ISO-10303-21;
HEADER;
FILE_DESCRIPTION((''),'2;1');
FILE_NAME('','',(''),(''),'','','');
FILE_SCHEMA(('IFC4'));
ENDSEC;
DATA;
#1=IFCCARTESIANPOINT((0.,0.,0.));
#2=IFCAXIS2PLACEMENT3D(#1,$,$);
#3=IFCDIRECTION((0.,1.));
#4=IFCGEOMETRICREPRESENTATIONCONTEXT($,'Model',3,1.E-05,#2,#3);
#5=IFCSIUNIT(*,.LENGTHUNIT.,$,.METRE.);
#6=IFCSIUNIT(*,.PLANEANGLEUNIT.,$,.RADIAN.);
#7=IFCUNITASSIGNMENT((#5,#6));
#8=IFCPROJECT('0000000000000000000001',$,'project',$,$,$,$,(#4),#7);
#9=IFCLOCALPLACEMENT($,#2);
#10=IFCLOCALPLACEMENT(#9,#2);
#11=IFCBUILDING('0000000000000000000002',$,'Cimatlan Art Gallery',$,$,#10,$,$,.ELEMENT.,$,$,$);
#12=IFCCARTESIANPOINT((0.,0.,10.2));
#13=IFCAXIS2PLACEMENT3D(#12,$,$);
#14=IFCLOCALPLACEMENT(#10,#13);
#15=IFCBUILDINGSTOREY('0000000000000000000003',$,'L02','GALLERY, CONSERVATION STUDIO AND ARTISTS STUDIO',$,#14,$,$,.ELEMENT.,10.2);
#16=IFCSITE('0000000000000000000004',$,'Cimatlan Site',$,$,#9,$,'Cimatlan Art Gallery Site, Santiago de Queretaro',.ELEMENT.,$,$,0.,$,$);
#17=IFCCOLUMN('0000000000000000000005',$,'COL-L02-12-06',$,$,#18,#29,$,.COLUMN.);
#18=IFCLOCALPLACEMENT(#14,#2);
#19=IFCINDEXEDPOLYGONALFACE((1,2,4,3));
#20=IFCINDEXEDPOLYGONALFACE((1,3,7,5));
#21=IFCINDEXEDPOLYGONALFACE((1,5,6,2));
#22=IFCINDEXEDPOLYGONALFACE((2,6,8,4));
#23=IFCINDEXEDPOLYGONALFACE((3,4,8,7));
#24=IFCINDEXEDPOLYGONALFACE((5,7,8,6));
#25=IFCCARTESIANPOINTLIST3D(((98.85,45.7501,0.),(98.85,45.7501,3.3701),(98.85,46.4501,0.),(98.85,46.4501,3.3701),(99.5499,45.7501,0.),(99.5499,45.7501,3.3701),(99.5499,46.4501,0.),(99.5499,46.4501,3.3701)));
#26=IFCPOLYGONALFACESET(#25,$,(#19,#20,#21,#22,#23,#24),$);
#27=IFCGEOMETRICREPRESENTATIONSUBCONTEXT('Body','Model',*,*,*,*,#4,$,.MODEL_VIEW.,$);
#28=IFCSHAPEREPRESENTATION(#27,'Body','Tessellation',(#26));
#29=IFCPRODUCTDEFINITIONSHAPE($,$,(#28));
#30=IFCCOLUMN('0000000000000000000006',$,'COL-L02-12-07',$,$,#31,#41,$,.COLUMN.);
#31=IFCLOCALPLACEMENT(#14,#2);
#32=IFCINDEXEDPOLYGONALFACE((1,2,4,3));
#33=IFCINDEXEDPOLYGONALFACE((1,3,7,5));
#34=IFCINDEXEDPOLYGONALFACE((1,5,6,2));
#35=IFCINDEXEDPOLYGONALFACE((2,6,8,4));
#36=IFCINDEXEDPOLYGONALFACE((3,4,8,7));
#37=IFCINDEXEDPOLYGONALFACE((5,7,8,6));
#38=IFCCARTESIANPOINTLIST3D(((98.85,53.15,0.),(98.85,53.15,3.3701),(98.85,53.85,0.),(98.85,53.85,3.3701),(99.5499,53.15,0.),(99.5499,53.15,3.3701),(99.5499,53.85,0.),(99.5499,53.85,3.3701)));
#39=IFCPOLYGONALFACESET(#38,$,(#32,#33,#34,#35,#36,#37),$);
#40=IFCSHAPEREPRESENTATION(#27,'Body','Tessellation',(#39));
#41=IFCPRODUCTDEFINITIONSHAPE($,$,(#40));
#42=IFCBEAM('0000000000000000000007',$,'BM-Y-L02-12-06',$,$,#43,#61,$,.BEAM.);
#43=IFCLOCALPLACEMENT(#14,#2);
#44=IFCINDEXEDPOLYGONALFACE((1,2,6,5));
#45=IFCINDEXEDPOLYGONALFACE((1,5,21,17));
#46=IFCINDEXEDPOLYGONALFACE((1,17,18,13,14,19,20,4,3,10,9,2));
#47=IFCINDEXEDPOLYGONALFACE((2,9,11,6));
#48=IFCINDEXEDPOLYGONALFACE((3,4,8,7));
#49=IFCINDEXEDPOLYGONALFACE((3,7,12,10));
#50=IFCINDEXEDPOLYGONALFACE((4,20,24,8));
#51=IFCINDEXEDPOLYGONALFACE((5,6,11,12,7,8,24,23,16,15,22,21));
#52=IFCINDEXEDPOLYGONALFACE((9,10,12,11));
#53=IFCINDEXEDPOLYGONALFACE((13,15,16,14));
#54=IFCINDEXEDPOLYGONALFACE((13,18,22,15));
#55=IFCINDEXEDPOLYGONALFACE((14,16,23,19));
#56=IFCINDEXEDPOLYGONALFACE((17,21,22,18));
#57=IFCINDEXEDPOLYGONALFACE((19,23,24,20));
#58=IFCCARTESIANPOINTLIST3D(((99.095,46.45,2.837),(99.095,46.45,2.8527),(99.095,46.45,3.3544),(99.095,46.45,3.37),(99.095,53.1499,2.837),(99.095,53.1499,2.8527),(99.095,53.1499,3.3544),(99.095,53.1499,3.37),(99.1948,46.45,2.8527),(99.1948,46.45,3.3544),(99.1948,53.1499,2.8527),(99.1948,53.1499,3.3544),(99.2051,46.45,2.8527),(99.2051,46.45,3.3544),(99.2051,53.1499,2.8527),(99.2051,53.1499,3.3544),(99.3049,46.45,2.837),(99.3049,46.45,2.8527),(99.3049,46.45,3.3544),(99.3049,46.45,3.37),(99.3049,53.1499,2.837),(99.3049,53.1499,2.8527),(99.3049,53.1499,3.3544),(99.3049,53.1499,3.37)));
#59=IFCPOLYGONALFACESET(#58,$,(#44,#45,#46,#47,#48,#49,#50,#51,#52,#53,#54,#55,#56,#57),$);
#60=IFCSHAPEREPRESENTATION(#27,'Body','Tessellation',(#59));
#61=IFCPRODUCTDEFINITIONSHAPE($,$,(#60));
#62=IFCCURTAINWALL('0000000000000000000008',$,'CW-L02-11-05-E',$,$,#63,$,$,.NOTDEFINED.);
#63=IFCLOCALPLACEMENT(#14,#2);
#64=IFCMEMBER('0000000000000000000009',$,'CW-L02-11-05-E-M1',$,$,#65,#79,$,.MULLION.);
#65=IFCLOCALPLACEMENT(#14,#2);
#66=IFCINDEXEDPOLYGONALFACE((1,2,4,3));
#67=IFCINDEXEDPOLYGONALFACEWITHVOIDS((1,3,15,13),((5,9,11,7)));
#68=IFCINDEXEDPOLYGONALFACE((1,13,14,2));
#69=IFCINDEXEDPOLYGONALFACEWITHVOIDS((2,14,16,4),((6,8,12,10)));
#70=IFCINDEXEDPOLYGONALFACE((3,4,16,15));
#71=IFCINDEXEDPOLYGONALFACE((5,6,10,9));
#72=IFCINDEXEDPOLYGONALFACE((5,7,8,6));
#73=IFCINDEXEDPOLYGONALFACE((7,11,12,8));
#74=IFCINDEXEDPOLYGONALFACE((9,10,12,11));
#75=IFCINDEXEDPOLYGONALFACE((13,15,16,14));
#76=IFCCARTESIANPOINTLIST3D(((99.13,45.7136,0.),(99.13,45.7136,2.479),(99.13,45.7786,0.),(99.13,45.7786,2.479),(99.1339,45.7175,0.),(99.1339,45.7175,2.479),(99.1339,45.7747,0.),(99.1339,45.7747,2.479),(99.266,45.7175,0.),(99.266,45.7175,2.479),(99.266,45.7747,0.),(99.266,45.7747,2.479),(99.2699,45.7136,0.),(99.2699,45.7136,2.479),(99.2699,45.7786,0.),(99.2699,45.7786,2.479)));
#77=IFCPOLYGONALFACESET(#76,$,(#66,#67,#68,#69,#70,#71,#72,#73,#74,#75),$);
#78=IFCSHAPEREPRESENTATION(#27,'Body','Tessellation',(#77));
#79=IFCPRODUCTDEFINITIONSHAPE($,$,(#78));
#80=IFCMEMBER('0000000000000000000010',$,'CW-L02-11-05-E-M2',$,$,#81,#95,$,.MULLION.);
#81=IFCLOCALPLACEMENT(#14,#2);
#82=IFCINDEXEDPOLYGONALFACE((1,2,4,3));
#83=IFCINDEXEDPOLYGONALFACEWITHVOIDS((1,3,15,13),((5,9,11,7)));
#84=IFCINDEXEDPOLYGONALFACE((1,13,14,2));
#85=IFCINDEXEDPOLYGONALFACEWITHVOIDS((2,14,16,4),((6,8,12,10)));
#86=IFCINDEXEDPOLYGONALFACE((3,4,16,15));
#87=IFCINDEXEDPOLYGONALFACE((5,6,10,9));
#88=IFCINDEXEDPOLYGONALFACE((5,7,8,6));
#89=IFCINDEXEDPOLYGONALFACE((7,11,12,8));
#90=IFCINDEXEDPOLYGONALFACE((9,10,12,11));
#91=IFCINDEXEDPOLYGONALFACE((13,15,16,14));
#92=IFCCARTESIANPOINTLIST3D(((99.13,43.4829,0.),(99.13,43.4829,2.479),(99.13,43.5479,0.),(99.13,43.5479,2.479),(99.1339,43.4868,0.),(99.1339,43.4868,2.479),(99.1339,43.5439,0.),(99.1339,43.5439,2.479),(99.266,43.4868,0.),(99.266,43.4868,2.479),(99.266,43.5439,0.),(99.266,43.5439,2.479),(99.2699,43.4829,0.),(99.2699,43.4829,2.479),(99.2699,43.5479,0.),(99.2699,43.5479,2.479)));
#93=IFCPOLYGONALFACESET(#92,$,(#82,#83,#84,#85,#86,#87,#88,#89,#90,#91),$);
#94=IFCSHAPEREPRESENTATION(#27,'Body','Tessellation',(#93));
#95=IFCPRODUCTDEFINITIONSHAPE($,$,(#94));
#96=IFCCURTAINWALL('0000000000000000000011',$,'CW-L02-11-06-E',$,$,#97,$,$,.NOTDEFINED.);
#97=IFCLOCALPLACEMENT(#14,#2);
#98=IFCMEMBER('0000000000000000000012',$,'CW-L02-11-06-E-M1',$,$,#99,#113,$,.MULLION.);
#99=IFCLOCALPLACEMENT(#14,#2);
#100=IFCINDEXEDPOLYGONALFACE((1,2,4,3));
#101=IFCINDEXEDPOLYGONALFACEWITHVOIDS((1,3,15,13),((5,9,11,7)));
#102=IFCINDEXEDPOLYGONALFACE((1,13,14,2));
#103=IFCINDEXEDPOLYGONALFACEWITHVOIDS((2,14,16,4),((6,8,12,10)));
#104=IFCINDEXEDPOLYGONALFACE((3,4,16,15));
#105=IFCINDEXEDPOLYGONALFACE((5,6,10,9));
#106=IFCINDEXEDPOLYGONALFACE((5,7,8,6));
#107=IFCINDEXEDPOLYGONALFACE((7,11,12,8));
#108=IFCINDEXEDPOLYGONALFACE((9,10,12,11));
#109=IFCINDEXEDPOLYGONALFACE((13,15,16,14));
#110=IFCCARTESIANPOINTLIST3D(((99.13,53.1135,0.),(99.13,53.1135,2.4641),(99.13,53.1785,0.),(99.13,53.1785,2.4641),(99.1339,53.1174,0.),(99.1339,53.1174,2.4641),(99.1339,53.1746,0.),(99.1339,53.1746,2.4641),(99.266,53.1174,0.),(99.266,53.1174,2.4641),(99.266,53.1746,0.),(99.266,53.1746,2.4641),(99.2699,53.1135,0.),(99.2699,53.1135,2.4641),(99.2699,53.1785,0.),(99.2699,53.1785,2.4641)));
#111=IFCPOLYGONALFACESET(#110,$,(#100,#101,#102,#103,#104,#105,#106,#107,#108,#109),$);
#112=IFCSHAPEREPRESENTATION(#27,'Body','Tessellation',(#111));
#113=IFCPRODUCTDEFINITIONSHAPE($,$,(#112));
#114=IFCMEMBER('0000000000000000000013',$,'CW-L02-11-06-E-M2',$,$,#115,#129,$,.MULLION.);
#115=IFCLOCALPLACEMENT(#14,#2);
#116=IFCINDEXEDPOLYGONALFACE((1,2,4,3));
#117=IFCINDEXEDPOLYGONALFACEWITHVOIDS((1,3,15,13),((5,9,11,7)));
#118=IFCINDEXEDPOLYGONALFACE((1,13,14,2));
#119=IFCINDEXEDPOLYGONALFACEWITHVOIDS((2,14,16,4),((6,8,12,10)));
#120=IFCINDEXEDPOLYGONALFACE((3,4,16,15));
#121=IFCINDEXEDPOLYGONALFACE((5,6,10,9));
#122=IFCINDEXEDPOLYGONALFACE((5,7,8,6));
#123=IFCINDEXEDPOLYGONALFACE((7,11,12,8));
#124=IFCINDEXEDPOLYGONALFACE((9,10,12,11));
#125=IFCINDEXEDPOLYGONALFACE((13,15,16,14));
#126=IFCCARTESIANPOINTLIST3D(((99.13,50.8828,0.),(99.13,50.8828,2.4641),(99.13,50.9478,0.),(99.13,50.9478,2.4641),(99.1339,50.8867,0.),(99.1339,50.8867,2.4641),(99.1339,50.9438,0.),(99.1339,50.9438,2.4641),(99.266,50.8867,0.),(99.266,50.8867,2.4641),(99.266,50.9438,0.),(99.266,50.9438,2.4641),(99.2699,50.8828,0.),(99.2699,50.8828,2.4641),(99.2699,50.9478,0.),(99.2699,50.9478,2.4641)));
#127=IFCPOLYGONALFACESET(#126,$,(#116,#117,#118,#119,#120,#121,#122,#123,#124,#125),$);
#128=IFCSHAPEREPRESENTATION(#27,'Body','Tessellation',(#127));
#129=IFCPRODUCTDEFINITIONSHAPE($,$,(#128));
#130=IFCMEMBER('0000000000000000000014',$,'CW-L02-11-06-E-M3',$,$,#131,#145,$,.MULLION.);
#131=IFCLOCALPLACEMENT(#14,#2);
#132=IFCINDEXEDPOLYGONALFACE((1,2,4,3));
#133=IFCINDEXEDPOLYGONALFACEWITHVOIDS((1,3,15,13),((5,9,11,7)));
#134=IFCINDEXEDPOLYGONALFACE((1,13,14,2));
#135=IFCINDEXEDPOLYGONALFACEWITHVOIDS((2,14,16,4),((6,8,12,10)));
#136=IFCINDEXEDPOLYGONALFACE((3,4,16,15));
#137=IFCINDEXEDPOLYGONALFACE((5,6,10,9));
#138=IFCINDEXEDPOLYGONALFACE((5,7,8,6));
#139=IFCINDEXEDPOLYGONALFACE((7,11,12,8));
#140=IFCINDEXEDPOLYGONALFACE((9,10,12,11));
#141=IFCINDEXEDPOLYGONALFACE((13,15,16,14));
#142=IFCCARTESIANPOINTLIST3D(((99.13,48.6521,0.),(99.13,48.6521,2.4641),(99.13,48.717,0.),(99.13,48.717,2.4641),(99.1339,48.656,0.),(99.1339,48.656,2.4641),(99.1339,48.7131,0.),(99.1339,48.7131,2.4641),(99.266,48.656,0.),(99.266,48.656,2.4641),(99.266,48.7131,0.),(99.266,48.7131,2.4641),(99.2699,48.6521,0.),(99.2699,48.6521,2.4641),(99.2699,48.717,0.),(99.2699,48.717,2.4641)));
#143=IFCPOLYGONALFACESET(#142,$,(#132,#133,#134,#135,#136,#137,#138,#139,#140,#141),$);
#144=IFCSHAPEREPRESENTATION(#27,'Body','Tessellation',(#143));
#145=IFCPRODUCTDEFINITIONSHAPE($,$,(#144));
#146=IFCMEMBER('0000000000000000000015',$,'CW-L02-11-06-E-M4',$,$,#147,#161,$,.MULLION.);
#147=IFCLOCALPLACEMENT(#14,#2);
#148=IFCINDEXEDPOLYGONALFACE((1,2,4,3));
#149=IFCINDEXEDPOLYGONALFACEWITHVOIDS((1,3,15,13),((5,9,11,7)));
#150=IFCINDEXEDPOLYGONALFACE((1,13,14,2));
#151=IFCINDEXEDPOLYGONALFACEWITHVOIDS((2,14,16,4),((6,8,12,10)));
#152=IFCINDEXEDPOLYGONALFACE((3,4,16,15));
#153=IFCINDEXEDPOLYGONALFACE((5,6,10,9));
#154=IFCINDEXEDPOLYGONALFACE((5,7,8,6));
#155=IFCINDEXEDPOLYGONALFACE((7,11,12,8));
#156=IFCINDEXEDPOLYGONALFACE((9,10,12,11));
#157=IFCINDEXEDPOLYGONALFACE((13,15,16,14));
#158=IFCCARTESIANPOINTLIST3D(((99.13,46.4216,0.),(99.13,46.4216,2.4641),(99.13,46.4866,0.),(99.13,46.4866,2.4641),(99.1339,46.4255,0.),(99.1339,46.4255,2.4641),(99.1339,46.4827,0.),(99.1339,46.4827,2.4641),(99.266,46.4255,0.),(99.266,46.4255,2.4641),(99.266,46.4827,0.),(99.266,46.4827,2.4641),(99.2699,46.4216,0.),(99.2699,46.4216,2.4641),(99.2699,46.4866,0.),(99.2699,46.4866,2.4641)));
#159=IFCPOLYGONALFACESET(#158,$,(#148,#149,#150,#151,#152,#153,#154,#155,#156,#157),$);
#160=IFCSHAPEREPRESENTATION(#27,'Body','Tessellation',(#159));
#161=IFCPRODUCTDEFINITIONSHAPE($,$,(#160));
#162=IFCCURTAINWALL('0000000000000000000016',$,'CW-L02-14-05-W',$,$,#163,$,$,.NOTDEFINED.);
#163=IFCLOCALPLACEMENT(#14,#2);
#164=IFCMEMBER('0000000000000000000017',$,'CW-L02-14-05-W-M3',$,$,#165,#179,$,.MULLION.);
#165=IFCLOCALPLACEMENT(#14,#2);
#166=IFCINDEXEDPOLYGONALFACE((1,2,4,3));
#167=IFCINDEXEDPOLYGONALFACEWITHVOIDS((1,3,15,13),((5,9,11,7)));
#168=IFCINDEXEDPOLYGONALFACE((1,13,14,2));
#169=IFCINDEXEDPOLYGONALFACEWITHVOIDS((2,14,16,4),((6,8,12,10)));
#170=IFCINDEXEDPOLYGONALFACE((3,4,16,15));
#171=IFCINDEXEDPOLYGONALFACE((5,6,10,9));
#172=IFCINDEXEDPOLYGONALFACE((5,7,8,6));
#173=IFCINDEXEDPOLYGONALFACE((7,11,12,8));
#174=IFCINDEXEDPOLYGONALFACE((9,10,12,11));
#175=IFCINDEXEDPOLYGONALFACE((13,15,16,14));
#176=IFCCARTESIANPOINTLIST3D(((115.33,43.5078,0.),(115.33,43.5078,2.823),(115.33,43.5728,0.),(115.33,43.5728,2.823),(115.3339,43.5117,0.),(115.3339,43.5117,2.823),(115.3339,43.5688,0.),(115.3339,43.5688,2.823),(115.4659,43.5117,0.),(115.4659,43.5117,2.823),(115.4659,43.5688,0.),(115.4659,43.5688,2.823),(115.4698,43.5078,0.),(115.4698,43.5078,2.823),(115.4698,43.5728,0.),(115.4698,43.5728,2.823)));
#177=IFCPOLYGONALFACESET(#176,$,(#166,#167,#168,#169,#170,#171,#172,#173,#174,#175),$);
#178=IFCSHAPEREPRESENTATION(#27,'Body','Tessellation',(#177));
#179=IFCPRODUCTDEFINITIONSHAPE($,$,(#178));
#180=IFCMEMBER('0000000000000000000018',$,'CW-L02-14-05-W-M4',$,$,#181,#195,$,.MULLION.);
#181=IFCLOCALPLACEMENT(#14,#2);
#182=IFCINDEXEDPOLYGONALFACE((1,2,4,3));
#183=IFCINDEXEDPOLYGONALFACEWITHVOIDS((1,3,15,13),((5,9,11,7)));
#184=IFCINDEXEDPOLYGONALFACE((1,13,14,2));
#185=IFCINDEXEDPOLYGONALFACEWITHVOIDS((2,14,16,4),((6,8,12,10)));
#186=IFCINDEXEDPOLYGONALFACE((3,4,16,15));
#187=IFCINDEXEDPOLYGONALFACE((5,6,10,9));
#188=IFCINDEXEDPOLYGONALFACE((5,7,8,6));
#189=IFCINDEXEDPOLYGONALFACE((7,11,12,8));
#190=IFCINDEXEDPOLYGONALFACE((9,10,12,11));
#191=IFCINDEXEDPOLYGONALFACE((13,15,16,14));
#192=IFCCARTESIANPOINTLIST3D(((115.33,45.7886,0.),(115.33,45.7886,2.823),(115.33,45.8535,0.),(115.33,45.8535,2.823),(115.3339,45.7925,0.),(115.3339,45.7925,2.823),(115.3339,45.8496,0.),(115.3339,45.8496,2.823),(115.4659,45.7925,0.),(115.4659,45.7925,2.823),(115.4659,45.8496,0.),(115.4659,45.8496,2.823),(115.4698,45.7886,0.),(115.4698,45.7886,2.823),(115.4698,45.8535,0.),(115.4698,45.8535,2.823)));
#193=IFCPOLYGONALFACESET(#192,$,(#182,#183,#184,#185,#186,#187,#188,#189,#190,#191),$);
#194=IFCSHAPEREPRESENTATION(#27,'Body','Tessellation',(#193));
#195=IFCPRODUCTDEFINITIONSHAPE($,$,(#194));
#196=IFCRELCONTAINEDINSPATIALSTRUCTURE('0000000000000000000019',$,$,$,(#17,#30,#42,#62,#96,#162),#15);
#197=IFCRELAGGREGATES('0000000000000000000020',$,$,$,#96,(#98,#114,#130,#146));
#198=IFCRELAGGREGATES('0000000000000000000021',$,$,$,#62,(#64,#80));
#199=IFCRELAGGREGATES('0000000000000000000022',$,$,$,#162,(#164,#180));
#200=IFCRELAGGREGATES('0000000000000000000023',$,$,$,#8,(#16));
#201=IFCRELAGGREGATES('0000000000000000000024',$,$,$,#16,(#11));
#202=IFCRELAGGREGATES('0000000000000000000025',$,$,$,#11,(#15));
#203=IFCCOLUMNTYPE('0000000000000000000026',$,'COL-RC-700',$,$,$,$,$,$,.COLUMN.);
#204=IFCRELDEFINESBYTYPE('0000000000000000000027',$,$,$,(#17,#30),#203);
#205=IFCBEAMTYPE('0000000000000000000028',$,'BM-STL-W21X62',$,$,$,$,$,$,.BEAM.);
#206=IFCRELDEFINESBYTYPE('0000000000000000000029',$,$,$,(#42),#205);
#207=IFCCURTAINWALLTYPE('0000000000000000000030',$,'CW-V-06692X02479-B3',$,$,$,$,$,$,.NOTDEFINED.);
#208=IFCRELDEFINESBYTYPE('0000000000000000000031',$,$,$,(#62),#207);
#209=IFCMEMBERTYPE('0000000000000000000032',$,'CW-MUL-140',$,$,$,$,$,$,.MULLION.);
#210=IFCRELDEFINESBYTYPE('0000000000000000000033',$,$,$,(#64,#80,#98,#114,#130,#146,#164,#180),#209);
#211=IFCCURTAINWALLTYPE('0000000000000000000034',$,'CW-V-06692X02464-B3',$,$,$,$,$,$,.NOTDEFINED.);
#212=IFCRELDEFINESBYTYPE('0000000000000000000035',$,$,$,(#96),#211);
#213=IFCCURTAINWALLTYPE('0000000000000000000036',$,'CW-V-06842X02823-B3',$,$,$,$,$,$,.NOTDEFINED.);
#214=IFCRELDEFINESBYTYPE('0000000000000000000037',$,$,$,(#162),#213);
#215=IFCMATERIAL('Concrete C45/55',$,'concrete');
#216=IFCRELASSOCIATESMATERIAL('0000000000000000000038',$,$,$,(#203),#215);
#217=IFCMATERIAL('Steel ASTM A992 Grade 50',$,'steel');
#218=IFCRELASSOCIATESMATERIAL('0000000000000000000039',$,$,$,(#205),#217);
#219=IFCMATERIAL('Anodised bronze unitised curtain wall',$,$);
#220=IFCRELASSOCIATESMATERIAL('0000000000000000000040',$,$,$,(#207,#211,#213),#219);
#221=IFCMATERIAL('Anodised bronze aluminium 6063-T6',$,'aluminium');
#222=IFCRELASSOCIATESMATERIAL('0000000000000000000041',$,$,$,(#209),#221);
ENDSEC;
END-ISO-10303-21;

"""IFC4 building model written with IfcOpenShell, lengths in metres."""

from ifc_helpers import new_model, si_unit, direction, frame, origin, origin_2d, place, context, subcontext, project, spatial, rectangle, hollow_rectangle, i_section, extrude, material, material_profile, profile_set, type_object, element, aggregate, save


model = new_model("IFC4")

# Units and contexts
model_context = context("Model", 3, precision=1e-05, world=origin(), true_north=direction((0.0, 1.0)))
body_context = subcontext(model_context, "Body", "Model", "MODEL_VIEW")
ifc_project = project(units=[si_unit("LENGTHUNIT", "METRE"), si_unit("PLANEANGLEUNIT", "RADIAN")], contexts=[model_context])

# Site, building, storey
site_placement = place(None, origin())
site = spatial("IfcSite", under=ifc_project, at=site_placement, Name="Cimatlan Site", LongName="Cimatlan Art Gallery Site, Santiago de Queretaro", CompositionType="ELEMENT", RefElevation=0.0)
building_placement = place(site_placement, origin())
building = spatial("IfcBuilding", under=site, at=building_placement, Name="Cimatlan Art Gallery", CompositionType="ELEMENT")
storey_placement = place(building_placement, frame((0.0, 0.0, 10.2)))
storey = spatial("IfcBuildingStorey", under=building, at=storey_placement, Name="L02", Description="GALLERY, CONSERVATION STUDIO AND ARTISTS STUDIO", CompositionType="ELEMENT", Elevation=10.2)

# Columns
ifc_material_1 = material(Name="Concrete C45/55", Category="concrete")
ifc_material_profile_1 = material_profile(ifc_material_1, rectangle(XDim=0.7, YDim=0.7, at=origin_2d()), Name="RC700X700")
ifc_profile_set_1 = profile_set([ifc_material_profile_1], Name="Concrete C45/55")
column_type = type_object("IfcColumnType", Name="COL-RC-700", PredefinedType="COLUMN", material=ifc_profile_set_1)
for number, where, z_axis, x_axis, name in (
    (1, (99.2, 46.1001, 0.0), (0.0, 0.0, 1.0), (1.0, 0.0, 0.0), "COL-L02-12-06"),
    (2, (99.2, 53.5, 0.0), (0.0, 0.0, 1.0), (1.0, 0.0, 0.0), "COL-L02-12-07"),
):
    element("IfcColumn", number, at=place(storey_placement, frame(where, z_axis=z_axis, x_axis=x_axis)), inside=storey, type_object=column_type, Name=name, PredefinedType="COLUMN", context=body_context, shape_type="SweptSolid", body=[
        extrude(rectangle(XDim=0.7, YDim=0.7, at=origin_2d()), origin(), (0.0, 0.0, 1.0), 3.3701),
    ])

# Beam
ifc_material_2 = material(Name="Steel ASTM A992 Grade 50", Category="steel")
ifc_material_profile_2 = material_profile(ifc_material_2, i_section(OverallWidth=0.21, OverallDepth=0.533, WebThickness=0.0103, FlangeThickness=0.0156, at=origin_2d()), Name="W21X62")
ifc_profile_set_2 = profile_set([ifc_material_profile_2], Name="Steel ASTM A992 Grade 50")
beam_type = type_object("IfcBeamType", Name="BM-STL-W21X62", PredefinedType="BEAM", material=ifc_profile_set_2)
beam_placement = place(storey_placement, frame((99.2, 46.45, 3.1035), z_axis=(0.0, 1.0, 0.0), x_axis=(-1.0, 0.0, 0.0)))
element("IfcBeam", 3, at=beam_placement, inside=storey, type_object=beam_type, Name="BM-Y-L02-12-06", PredefinedType="BEAM", context=body_context, shape_type="SweptSolid", body=[
    extrude(i_section(OverallWidth=0.21, OverallDepth=0.533, WebThickness=0.0103, FlangeThickness=0.0156, at=origin_2d()), origin(), (0.0, 0.0, 1.0), 6.7),
])

# Curtain walls, members
ifc_material_3 = material(Name="Anodised bronze unitised curtain wall")
curtain_wall_type_1 = type_object("IfcCurtainWallType", Name="CW-V-06692X02479-B3", PredefinedType="NOTDEFINED", material=ifc_material_3)
curtain_wall_1_placement = place(storey_placement, origin())
curtain_wall_1 = element("IfcCurtainWall", 4, at=curtain_wall_1_placement, inside=storey, type_object=curtain_wall_type_1, Name="CW-L02-11-05-E", PredefinedType="NOTDEFINED")
ifc_material_4 = material(Name="Anodised bronze aluminium 6063-T6", Category="aluminium")
ifc_material_profile_3 = material_profile(ifc_material_4, hollow_rectangle(XDim=0.0649, YDim=0.1399, WallThickness=0.0039, at=origin_2d()), Name="ALU65X140X4")
ifc_profile_set_3 = profile_set([ifc_material_profile_3], Name="Anodised bronze aluminium 6063-T6")
member_type_1 = type_object("IfcMemberType", Name="CW-MUL-140", PredefinedType="MULLION", material=ifc_profile_set_3)
member_1_placement = place(storey_placement, frame((99.2, 45.7461, 0.0), z_axis=(0.0, 0.0, 1.0), x_axis=(0.0, 1.0, 0.0)))
member_1 = element("IfcMember", 5, at=member_1_placement, type_object=member_type_1, Name="CW-L02-11-05-E-M1", PredefinedType="MULLION", context=body_context, shape_type="SweptSolid", body=[
    extrude(hollow_rectangle(XDim=0.0649, YDim=0.1399, WallThickness=0.0039, at=origin_2d()), origin(), (0.0, 0.0, 1.0), 2.479),
])
member_2_placement = place(storey_placement, frame((99.2, 43.5154, 0.0), z_axis=(0.0, 0.0, 1.0), x_axis=(0.0, 1.0, 0.0)))
member_2 = element("IfcMember", 6, at=member_2_placement, type_object=member_type_1, Name="CW-L02-11-05-E-M2", PredefinedType="MULLION", context=body_context, shape_type="SweptSolid", body=[
    extrude(hollow_rectangle(XDim=0.0649, YDim=0.1399, WallThickness=0.0039, at=origin_2d()), origin(), (0.0, 0.0, 1.0), 2.479),
])
curtain_wall_type_2 = type_object("IfcCurtainWallType", Name="CW-V-06692X02464-B3", PredefinedType="NOTDEFINED", material=ifc_material_3)
curtain_wall_2_placement = place(storey_placement, origin())
curtain_wall_2 = element("IfcCurtainWall", 7, at=curtain_wall_2_placement, inside=storey, type_object=curtain_wall_type_2, Name="CW-L02-11-06-E", PredefinedType="NOTDEFINED")
member_3_placement = place(storey_placement, frame((99.2, 53.146, 0.0), z_axis=(0.0, 0.0, 1.0), x_axis=(0.0, 1.0, 0.0)))
member_3 = element("IfcMember", 8, at=member_3_placement, type_object=member_type_1, Name="CW-L02-11-06-E-M1", PredefinedType="MULLION", context=body_context, shape_type="SweptSolid", body=[
    extrude(hollow_rectangle(XDim=0.0649, YDim=0.1399, WallThickness=0.0039, at=origin_2d()), origin(), (0.0, 0.0, 1.0), 2.4641),
])
member_4_placement = place(storey_placement, frame((99.2, 50.9153, 0.0), z_axis=(0.0, 0.0, 1.0), x_axis=(0.0, 1.0, 0.0)))
member_4 = element("IfcMember", 9, at=member_4_placement, type_object=member_type_1, Name="CW-L02-11-06-E-M2", PredefinedType="MULLION", context=body_context, shape_type="SweptSolid", body=[
    extrude(hollow_rectangle(XDim=0.0649, YDim=0.1399, WallThickness=0.0039, at=origin_2d()), origin(), (0.0, 0.0, 1.0), 2.4641),
])
member_5_placement = place(storey_placement, frame((99.2, 48.6846, 0.0), z_axis=(0.0, 0.0, 1.0), x_axis=(0.0, 1.0, 0.0)))
member_5 = element("IfcMember", 10, at=member_5_placement, type_object=member_type_1, Name="CW-L02-11-06-E-M3", PredefinedType="MULLION", context=body_context, shape_type="SweptSolid", body=[
    extrude(hollow_rectangle(XDim=0.0649, YDim=0.1399, WallThickness=0.0039, at=origin_2d()), origin(), (0.0, 0.0, 1.0), 2.4641),
])
member_6_placement = place(storey_placement, frame((99.2, 46.4541, 0.0), z_axis=(0.0, 0.0, 1.0), x_axis=(0.0, 1.0, 0.0)))
member_6 = element("IfcMember", 11, at=member_6_placement, type_object=member_type_1, Name="CW-L02-11-06-E-M4", PredefinedType="MULLION", context=body_context, shape_type="SweptSolid", body=[
    extrude(hollow_rectangle(XDim=0.0649, YDim=0.1399, WallThickness=0.0039, at=origin_2d()), origin(), (0.0, 0.0, 1.0), 2.4641),
])
curtain_wall_type_3 = type_object("IfcCurtainWallType", Name="CW-V-06842X02823-B3", PredefinedType="NOTDEFINED", material=ifc_material_3)
curtain_wall_3_placement = place(storey_placement, origin())
curtain_wall_3 = element("IfcCurtainWall", 12, at=curtain_wall_3_placement, inside=storey, type_object=curtain_wall_type_3, Name="CW-L02-14-05-W", PredefinedType="NOTDEFINED")
member_7_placement = place(storey_placement, frame((115.3999, 43.5403, 0.0), z_axis=(0.0, 0.0, 1.0), x_axis=(0.0, 1.0, 0.0)))
member_7 = element("IfcMember", 13, at=member_7_placement, type_object=member_type_1, Name="CW-L02-14-05-W-M3", PredefinedType="MULLION", context=body_context, shape_type="SweptSolid", body=[
    extrude(hollow_rectangle(XDim=0.0649, YDim=0.1399, WallThickness=0.0039, at=origin_2d()), origin(), (0.0, 0.0, 1.0), 2.823),
])
member_8_placement = place(storey_placement, frame((115.3999, 45.821, 0.0), z_axis=(0.0, 0.0, 1.0), x_axis=(0.0, 1.0, 0.0)))
member_8 = element("IfcMember", 14, at=member_8_placement, type_object=member_type_1, Name="CW-L02-14-05-W-M4", PredefinedType="MULLION", context=body_context, shape_type="SweptSolid", body=[
    extrude(hollow_rectangle(XDim=0.0649, YDim=0.1399, WallThickness=0.0039, at=origin_2d()), origin(), (0.0, 0.0, 1.0), 2.823),
])

aggregate(curtain_wall_2, [member_3, member_4, member_5, member_6])
aggregate(curtain_wall_1, [member_1, member_2])
aggregate(curtain_wall_3, [member_7, member_8])

save(model, "model.ifc")
